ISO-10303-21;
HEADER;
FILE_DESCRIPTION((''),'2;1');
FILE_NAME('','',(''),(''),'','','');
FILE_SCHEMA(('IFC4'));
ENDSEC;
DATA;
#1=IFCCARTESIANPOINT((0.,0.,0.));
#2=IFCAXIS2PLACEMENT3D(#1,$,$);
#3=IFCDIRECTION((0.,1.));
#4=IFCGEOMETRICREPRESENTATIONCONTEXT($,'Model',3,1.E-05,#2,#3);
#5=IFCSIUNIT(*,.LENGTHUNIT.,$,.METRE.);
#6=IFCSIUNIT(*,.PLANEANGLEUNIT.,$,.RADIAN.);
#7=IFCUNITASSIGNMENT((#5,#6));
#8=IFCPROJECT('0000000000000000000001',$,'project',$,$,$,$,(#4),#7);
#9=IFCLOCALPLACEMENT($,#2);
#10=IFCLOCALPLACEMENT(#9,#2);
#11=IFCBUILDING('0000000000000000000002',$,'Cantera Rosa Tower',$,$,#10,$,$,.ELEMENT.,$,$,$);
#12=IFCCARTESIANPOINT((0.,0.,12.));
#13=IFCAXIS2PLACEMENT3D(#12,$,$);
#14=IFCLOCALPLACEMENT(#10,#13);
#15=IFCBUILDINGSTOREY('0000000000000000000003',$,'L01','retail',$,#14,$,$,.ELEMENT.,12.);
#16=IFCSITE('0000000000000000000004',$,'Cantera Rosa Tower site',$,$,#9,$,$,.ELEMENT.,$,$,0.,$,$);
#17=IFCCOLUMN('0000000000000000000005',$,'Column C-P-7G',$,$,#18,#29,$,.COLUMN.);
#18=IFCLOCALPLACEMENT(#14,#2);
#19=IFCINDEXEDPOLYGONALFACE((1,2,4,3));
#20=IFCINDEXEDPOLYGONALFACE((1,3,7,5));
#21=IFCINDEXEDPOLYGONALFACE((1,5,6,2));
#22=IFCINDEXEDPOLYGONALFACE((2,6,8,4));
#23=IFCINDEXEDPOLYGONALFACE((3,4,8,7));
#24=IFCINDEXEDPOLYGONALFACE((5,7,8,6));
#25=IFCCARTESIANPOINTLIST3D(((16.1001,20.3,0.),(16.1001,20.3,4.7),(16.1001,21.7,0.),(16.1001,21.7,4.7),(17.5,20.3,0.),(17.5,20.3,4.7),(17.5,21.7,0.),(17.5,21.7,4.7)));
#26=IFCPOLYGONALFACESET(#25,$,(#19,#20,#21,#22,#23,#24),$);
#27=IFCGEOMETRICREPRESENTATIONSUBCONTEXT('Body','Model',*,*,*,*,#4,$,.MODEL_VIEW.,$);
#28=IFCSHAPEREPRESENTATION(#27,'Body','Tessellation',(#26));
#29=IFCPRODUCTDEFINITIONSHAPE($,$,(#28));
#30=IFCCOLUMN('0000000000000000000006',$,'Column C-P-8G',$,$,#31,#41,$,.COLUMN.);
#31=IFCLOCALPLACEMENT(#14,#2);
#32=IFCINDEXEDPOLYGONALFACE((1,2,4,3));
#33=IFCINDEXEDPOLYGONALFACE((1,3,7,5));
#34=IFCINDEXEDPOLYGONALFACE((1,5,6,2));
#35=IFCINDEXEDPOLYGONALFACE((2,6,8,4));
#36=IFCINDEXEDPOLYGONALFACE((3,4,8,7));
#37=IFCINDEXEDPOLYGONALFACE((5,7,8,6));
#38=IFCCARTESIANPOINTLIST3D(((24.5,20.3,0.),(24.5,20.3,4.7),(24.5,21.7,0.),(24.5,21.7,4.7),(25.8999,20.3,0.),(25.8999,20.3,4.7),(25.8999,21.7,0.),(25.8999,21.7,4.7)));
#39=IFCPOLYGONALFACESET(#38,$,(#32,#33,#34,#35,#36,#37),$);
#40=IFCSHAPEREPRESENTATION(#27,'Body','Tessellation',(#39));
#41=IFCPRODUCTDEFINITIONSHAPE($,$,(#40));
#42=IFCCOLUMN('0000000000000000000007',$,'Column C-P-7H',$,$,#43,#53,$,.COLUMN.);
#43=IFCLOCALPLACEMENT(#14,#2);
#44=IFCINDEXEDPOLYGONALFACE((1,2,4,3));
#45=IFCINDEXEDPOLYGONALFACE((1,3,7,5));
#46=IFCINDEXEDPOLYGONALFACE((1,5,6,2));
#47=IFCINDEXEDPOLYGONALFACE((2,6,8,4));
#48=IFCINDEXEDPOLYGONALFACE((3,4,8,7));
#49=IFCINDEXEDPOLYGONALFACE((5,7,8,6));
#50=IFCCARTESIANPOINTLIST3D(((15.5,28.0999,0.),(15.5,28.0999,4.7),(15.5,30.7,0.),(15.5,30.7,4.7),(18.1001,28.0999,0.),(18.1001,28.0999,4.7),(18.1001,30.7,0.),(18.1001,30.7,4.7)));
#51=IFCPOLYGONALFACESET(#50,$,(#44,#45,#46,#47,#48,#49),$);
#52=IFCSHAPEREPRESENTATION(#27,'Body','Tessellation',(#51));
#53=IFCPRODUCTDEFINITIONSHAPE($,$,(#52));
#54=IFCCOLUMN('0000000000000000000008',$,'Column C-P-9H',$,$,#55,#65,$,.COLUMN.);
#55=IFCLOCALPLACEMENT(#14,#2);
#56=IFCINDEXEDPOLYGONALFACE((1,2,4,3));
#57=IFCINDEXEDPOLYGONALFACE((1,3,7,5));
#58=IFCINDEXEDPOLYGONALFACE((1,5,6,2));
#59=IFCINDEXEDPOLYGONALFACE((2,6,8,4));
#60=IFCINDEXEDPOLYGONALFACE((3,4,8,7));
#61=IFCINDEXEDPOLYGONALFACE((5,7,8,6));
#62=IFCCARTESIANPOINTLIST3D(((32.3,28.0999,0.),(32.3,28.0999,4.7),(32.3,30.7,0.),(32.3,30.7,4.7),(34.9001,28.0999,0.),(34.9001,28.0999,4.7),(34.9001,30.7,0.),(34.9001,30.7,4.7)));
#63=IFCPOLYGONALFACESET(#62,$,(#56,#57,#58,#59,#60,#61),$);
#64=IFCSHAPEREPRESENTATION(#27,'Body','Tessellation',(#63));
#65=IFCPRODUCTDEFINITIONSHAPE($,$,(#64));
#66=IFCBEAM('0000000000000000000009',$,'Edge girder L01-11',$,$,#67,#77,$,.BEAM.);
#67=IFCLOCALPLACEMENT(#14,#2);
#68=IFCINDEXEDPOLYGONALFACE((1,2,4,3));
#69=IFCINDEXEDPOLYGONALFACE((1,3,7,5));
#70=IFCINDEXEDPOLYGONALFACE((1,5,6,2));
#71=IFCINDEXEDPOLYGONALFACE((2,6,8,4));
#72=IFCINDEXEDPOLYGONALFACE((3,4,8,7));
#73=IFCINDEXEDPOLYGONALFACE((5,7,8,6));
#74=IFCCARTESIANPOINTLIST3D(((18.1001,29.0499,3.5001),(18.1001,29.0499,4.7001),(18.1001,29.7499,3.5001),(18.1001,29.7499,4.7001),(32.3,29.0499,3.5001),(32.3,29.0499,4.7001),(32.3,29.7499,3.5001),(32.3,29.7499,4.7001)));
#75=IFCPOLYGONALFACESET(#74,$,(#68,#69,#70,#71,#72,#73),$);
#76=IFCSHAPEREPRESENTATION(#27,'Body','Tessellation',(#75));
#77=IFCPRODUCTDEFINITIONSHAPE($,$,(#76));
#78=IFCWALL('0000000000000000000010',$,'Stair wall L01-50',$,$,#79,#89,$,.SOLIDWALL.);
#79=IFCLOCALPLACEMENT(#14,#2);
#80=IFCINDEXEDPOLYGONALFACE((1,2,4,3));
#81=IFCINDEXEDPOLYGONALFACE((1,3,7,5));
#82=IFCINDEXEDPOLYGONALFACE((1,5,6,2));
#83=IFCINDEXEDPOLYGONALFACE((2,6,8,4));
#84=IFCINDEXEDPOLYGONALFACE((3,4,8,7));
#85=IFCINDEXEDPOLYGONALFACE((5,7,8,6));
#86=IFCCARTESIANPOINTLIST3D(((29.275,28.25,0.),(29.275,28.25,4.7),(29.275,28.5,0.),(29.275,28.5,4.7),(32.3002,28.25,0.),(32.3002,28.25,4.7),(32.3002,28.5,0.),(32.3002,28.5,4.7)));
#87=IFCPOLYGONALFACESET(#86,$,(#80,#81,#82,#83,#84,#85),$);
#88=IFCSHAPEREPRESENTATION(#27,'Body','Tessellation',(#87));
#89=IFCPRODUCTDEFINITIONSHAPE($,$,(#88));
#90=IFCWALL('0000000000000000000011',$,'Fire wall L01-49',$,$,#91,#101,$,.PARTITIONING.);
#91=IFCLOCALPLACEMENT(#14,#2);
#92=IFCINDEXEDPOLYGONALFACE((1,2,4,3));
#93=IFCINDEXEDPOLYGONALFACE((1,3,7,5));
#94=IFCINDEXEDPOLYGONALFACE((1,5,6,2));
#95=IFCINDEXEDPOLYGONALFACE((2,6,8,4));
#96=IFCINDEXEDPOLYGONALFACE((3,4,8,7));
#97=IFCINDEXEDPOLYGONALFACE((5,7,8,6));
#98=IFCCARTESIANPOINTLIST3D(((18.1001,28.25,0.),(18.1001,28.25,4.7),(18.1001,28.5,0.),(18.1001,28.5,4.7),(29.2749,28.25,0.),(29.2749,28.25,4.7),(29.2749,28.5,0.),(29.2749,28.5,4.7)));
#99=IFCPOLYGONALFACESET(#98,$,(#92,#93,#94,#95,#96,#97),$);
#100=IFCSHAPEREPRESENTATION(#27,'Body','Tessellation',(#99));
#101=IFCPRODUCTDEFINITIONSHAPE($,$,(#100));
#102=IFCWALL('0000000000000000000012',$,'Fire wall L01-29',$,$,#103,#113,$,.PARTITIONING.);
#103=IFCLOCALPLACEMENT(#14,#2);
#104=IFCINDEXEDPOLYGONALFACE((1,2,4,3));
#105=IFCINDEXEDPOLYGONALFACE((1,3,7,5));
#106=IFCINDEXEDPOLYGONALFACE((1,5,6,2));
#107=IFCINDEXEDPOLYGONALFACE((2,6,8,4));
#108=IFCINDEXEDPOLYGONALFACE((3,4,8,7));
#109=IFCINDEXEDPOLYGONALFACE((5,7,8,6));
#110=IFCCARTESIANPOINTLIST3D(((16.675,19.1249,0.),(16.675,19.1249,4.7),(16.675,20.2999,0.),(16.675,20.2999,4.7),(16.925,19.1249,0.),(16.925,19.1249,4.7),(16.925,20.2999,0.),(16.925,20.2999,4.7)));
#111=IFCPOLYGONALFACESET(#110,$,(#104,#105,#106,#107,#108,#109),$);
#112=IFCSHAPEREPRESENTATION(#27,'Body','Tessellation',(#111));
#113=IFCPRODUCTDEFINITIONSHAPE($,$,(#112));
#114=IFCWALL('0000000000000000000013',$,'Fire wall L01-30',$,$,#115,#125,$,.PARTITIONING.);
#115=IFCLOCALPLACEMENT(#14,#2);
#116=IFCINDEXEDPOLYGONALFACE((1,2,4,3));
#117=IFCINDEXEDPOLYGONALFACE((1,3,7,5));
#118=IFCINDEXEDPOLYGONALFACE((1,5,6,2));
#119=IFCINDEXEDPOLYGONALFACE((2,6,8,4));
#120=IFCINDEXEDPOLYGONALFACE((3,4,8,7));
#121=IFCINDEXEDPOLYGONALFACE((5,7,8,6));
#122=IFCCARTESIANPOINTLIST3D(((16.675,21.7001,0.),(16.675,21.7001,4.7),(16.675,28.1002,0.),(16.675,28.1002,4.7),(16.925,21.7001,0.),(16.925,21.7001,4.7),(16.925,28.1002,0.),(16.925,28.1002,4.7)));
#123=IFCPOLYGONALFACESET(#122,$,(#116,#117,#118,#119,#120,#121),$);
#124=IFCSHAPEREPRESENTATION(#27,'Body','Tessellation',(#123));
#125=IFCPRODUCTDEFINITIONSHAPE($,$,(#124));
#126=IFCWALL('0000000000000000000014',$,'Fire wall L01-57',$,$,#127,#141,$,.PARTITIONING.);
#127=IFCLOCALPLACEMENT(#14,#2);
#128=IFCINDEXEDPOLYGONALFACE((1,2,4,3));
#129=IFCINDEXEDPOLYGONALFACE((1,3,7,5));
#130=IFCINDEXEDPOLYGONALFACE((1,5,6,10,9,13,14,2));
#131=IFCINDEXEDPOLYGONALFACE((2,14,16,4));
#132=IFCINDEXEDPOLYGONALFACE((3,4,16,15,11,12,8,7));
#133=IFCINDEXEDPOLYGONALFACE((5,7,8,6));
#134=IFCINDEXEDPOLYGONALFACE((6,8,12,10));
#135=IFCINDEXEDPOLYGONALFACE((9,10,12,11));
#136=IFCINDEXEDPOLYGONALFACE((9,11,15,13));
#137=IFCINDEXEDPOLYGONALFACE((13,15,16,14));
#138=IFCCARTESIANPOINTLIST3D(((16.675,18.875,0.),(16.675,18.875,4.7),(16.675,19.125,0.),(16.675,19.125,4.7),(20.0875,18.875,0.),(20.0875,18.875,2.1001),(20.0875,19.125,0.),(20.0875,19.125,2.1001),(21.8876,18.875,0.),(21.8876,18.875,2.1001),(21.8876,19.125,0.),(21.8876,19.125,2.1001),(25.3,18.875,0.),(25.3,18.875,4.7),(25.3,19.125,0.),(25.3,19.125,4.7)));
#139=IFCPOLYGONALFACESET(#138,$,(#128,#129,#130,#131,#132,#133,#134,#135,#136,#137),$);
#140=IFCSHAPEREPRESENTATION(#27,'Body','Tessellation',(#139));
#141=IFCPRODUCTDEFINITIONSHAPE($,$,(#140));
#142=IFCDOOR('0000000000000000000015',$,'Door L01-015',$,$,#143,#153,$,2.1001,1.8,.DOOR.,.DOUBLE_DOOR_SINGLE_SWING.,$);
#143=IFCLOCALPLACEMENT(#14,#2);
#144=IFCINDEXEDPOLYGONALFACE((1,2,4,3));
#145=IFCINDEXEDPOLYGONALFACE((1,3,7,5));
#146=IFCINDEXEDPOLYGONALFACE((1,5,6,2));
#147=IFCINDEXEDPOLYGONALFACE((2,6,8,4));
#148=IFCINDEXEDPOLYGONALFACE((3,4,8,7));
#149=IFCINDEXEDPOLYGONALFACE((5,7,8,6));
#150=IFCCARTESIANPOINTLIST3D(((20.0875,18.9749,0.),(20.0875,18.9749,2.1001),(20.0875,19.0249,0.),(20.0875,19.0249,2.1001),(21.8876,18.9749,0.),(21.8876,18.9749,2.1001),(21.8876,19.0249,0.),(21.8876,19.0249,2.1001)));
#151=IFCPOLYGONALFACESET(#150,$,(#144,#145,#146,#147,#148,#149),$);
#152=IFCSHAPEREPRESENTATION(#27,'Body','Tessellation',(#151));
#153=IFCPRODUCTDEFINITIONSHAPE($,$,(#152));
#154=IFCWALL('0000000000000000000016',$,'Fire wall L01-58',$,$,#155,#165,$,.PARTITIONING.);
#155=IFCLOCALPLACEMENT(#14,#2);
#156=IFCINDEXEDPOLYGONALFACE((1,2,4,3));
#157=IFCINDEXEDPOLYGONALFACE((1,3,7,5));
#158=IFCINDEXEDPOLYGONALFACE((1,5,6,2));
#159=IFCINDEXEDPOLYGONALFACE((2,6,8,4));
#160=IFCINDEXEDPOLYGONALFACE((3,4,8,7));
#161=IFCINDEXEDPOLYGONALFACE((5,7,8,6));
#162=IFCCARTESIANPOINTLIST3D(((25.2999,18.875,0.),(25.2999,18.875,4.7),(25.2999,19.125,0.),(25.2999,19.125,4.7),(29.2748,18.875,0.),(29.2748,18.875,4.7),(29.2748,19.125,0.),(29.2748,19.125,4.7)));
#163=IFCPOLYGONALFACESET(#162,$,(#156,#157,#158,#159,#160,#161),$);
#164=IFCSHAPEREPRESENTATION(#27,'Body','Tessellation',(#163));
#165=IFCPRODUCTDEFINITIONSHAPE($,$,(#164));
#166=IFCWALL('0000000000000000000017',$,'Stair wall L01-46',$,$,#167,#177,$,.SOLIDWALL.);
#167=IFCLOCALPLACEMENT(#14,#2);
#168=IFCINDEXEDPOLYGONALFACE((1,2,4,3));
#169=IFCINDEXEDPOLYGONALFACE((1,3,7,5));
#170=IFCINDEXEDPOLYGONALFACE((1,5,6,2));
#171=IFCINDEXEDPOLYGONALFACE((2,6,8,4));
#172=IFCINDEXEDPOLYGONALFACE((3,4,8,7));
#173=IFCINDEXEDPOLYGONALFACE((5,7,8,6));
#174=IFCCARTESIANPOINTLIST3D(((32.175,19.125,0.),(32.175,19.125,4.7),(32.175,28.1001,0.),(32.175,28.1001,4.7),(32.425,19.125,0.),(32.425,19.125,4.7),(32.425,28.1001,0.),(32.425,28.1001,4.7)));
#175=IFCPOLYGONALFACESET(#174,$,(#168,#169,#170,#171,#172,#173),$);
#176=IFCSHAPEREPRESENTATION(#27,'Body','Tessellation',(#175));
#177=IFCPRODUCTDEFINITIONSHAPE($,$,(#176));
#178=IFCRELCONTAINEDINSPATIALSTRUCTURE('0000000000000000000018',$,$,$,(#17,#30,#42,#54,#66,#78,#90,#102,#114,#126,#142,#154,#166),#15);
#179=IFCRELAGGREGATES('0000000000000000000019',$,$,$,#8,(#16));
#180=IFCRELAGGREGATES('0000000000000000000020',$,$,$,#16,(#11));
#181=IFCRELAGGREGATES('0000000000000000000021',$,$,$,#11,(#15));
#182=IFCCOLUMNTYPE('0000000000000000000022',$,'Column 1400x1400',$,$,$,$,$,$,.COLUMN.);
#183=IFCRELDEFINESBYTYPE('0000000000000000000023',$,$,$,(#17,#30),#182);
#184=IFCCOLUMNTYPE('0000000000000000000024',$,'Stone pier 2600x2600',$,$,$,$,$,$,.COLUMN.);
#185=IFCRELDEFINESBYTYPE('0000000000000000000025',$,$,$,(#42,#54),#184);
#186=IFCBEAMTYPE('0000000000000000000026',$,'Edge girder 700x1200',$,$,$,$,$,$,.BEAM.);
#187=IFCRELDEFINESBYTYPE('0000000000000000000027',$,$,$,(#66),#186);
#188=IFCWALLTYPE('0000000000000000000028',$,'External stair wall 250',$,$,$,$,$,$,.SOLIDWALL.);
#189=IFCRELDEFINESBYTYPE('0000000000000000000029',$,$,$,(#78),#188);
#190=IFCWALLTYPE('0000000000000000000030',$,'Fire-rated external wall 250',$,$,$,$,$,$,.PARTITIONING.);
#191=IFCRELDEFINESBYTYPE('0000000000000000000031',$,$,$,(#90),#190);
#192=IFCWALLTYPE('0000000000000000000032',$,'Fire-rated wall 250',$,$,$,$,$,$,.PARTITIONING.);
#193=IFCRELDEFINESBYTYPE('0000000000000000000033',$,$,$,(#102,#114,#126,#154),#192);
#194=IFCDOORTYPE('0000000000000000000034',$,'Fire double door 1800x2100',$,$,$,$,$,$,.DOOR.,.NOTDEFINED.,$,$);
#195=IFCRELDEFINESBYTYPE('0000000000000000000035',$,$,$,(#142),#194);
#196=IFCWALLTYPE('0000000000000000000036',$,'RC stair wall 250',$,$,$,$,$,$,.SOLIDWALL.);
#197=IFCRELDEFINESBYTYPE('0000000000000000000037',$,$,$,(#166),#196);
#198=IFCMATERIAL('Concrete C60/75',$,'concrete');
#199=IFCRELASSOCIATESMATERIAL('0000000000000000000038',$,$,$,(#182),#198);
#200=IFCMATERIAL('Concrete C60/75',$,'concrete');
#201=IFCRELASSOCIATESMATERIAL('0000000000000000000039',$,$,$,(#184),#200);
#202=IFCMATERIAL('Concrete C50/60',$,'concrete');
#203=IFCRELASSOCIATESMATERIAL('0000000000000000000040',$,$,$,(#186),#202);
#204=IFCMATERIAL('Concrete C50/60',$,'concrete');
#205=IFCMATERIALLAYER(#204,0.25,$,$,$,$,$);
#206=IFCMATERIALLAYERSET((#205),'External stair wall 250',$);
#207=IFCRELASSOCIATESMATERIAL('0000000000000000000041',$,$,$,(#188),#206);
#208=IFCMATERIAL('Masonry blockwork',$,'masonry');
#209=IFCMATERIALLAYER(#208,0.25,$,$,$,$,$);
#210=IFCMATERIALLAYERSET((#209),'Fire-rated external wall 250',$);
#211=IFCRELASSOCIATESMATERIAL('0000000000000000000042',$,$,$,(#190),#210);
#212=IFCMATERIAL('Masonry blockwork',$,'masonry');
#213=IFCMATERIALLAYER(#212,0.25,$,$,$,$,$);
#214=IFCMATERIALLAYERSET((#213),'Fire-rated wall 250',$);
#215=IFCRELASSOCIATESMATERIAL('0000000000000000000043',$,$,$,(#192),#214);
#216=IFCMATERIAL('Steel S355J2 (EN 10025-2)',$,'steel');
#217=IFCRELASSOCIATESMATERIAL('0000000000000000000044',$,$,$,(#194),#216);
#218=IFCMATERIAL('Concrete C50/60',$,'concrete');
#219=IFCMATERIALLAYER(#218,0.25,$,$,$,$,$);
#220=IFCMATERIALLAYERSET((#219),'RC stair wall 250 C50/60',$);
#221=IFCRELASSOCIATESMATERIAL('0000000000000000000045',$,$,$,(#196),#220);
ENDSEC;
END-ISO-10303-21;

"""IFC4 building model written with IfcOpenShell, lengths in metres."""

from ifc_helpers import new_model, si_unit, direction, frame, frame_2d, origin, origin_2d, place, context, subcontext, project, spatial, rectangle, extrude, material, layer, layer_set, material_profile, profile_set, type_object, element, fill, save


model = new_model("IFC4")

# Units and contexts
model_context = context("Model", 3, precision=1e-05, world=origin(), true_north=direction((0.0, 1.0)))
body_context = subcontext(model_context, "Body", "Model", "MODEL_VIEW")
ifc_project = project(units=[si_unit("LENGTHUNIT", "METRE"), si_unit("PLANEANGLEUNIT", "RADIAN")], contexts=[model_context])

# Site, building, storey
site_placement = place(None, origin())
site = spatial("IfcSite", under=ifc_project, at=site_placement, Name="Cantera Rosa Tower site", CompositionType="ELEMENT", RefElevation=0.0)
building_placement = place(site_placement, origin())
building = spatial("IfcBuilding", under=site, at=building_placement, Name="Cantera Rosa Tower", CompositionType="ELEMENT")
storey_placement = place(building_placement, frame((0.0, 0.0, 12.0)))
storey = spatial("IfcBuildingStorey", under=building, at=storey_placement, Name="L01", Description="retail", CompositionType="ELEMENT", Elevation=12.0)

# Columns
ifc_material_1 = material(Name="Concrete C60/75", Category="concrete")
ifc_material_profile_1 = material_profile(ifc_material_1, rectangle(XDim=1.3999, YDim=1.3999, at=origin_2d()), Name="Column 1400x1400")
ifc_profile_set_1 = profile_set([ifc_material_profile_1], Name="Concrete C60/75")
column_type_1 = type_object("IfcColumnType", Name="Column 1400x1400", PredefinedType="COLUMN", material=ifc_profile_set_1)
for number, where, z_axis, x_axis, name in (
    (1, (16.8, 21.0, 0.0), (0.0, 0.0, 1.0), (1.0, 0.0, 0.0), "Column C-P-7G"),
    (2, (25.2, 21.0, 0.0), (0.0, 0.0, 1.0), (1.0, 0.0, 0.0), "Column C-P-8G"),
):
    element("IfcColumn", number, at=place(storey_placement, frame(where, z_axis=z_axis, x_axis=x_axis)), inside=storey, type_object=column_type_1, Name=name, PredefinedType="COLUMN", context=body_context, shape_type="SweptSolid", body=[
        extrude(rectangle(XDim=1.3999, YDim=1.3999, at=origin_2d()), origin(), (0.0, 0.0, 1.0), 4.7),
    ])
ifc_material_2 = material(Name="Concrete C60/75", Category="concrete")
ifc_material_profile_2 = material_profile(ifc_material_2, rectangle(XDim=2.6001, YDim=2.6001, at=origin_2d()), Name="Stone pier 2600x2600")
ifc_profile_set_2 = profile_set([ifc_material_profile_2], Name="Concrete C60/75")
column_type_2 = type_object("IfcColumnType", Name="Stone pier 2600x2600", PredefinedType="COLUMN", material=ifc_profile_set_2)
for number, where, z_axis, x_axis, name in (
    (3, (16.8, 29.3999, 0.0), (0.0, 0.0, 1.0), (1.0, 0.0, 0.0), "Column C-P-7H"),
    (4, (33.6001, 29.3999, 0.0), (0.0, 0.0, 1.0), (1.0, 0.0, 0.0), "Column C-P-9H"),
):
    element("IfcColumn", number, at=place(storey_placement, frame(where, z_axis=z_axis, x_axis=x_axis)), inside=storey, type_object=column_type_2, Name=name, PredefinedType="COLUMN", context=body_context, shape_type="SweptSolid", body=[
        extrude(rectangle(XDim=2.6001, YDim=2.6001, at=origin_2d()), origin(), (0.0, 0.0, 1.0), 4.7),
    ])

# Beam
ifc_material_3 = material(Name="Concrete C50/60", Category="concrete")
ifc_material_profile_3 = material_profile(ifc_material_3, rectangle(XDim=0.7, YDim=1.2, at=origin_2d()), Name="Edge girder 700x1200")
ifc_profile_set_3 = profile_set([ifc_material_profile_3], Name="Concrete C50/60")
beam_type = type_object("IfcBeamType", Name="Edge girder 700x1200", PredefinedType="BEAM", material=ifc_profile_set_3)
beam_placement = place(storey_placement, frame((18.1001, 29.3999, 4.1001), z_axis=(1.0, 0.0, 0.0), x_axis=(0.0, 1.0, 0.0)))
element("IfcBeam", 5, at=beam_placement, inside=storey, type_object=beam_type, Name="Edge girder L01-11", PredefinedType="BEAM", context=body_context, shape_type="SweptSolid", body=[
    extrude(rectangle(XDim=0.7, YDim=1.2, at=origin_2d()), origin(), (0.0, 0.0, 1.0), 14.2),
])

# Walls
ifc_material_4 = material(Name="Concrete C50/60", Category="concrete")
ifc_layer_1 = layer(ifc_material_4, 0.25)
ifc_layer_set_1 = layer_set([ifc_layer_1], Name="External stair wall 250")
wall_type_1 = type_object("IfcWallType", Name="External stair wall 250", PredefinedType="SOLIDWALL", material=ifc_layer_set_1)
wall_1_placement = place(storey_placement, frame((29.2749, 28.375, 0.0), z_axis=(0.0, 0.0, 1.0), x_axis=(1.0, 0.0, 0.0)))
element("IfcWall", 6, at=wall_1_placement, inside=storey, type_object=wall_type_1, Name="Stair wall L01-50", PredefinedType="SOLIDWALL", context=body_context, shape_type="SweptSolid", body=[
    extrude(rectangle(XDim=3.0251, YDim=0.25, at=frame_2d((1.5127, 0.0))), origin(), (0.0, 0.0, 1.0), 4.7),
])
ifc_material_5 = material(Name="Masonry blockwork", Category="masonry")
ifc_layer_2 = layer(ifc_material_5, 0.25)
ifc_layer_set_2 = layer_set([ifc_layer_2], Name="Fire-rated external wall 250")
wall_type_2 = type_object("IfcWallType", Name="Fire-rated external wall 250", PredefinedType="PARTITIONING", material=ifc_layer_set_2)
wall_2_placement = place(storey_placement, frame((18.1001, 28.375, 0.0), z_axis=(0.0, 0.0, 1.0), x_axis=(1.0, 0.0, 0.0)))
element("IfcWall", 7, at=wall_2_placement, inside=storey, type_object=wall_type_2, Name="Fire wall L01-49", PredefinedType="PARTITIONING", context=body_context, shape_type="SweptSolid", body=[
    extrude(rectangle(XDim=11.1748, YDim=0.25, at=frame_2d((5.5874, 0.0))), origin(), (0.0, 0.0, 1.0), 4.7),
])
ifc_material_6 = material(Name="Masonry blockwork", Category="masonry")
ifc_layer_3 = layer(ifc_material_6, 0.25)
ifc_layer_set_3 = layer_set([ifc_layer_3], Name="Fire-rated wall 250")
wall_type_3 = type_object("IfcWallType", Name="Fire-rated wall 250", PredefinedType="PARTITIONING", material=ifc_layer_set_3)
wall_3_placement = place(storey_placement, frame((16.8, 19.125, 0.0), z_axis=(0.0, 0.0, 1.0), x_axis=(0.0, 1.0, 0.0)))
element("IfcWall", 8, at=wall_3_placement, inside=storey, type_object=wall_type_3, Name="Fire wall L01-29", PredefinedType="PARTITIONING", context=body_context, shape_type="SweptSolid", body=[
    extrude(rectangle(XDim=1.175, YDim=0.25, at=frame_2d((0.5874, 0.0))), origin(), (0.0, 0.0, 1.0), 4.7),
])
wall_4_placement = place(storey_placement, frame((16.8, 21.7, 0.0), z_axis=(0.0, 0.0, 1.0), x_axis=(0.0, 1.0, 0.0)))
element("IfcWall", 9, at=wall_4_placement, inside=storey, type_object=wall_type_3, Name="Fire wall L01-30", PredefinedType="PARTITIONING", context=body_context, shape_type="SweptSolid", body=[
    extrude(rectangle(XDim=6.4001, YDim=0.25, at=frame_2d((3.2002, 0.0))), origin(), (0.0, 0.0, 1.0), 4.7),
])

# Wall, opening, door
wall_5_placement = place(storey_placement, frame((16.675, 19.0, 0.0), z_axis=(0.0, 0.0, 1.0), x_axis=(1.0, 0.0, 0.0)))
wall_5 = element("IfcWall", 10, at=wall_5_placement, inside=storey, type_object=wall_type_3, Name="Fire wall L01-57", PredefinedType="PARTITIONING", context=body_context, shape_type="SweptSolid", body=[
    extrude(rectangle(XDim=8.625, YDim=0.25, at=frame_2d((4.3125, 0.0))), origin(), (0.0, 0.0, 1.0), 4.7),
])
opening_1_placement = place(wall_5_placement, frame((3.4126, 0.0, 0.0)))
opening_1 = element("IfcOpeningElement", 11, at=opening_1_placement, cuts=wall_5, PredefinedType="OPENING", context=body_context, shape_type="SweptSolid", body=[
    extrude(rectangle(XDim=1.8, YDim=2.1001, at=frame_2d((0.8999, 1.05))), frame((0.0, 0.135, 0.0), z_axis=(0.0, -1.0, 0.0), x_axis=(1.0, 0.0, 0.0)), (0.0, 0.0, 1.0), 0.27),
])
ifc_material_7 = material(Name="Steel S355J2 (EN 10025-2)", Category="steel")
door_type_1 = type_object("IfcDoorType", Name="Fire double door 1800x2100", OperationType="NOTDEFINED", PredefinedType="DOOR", material=ifc_material_7)
door_1_placement = place(opening_1_placement, origin())
door_1 = element("IfcDoor", 12, at=door_1_placement, inside=storey, type_object=door_type_1, Name="Door L01-015", OperationType="DOUBLE_DOOR_SINGLE_SWING", OverallHeight=2.1001, OverallWidth=1.8, PredefinedType="DOOR", context=body_context, shape_type="SweptSolid", body=[
    extrude(rectangle(XDim=1.8, YDim=2.1001, at=frame_2d((0.8999, 1.05))), frame((0.0, 0.0249, 0.0), z_axis=(0.0, -1.0, 0.0), x_axis=(1.0, 0.0, 0.0)), (0.0, 0.0, 1.0), 0.05),
])
fill(opening_1, door_1)

# Walls
wall_6_placement = place(storey_placement, frame((25.3, 19.0, 0.0), z_axis=(0.0, 0.0, 1.0), x_axis=(1.0, 0.0, 0.0)))
element("IfcWall", 13, at=wall_6_placement, inside=storey, type_object=wall_type_3, Name="Fire wall L01-58", PredefinedType="PARTITIONING", context=body_context, shape_type="SweptSolid", body=[
    extrude(rectangle(XDim=3.9749, YDim=0.25, at=frame_2d((1.9873, 0.0))), origin(), (0.0, 0.0, 1.0), 4.7),
])
ifc_material_8 = material(Name="Concrete C50/60", Category="concrete")
ifc_layer_4 = layer(ifc_material_8, 0.25)
ifc_layer_set_4 = layer_set([ifc_layer_4], Name="RC stair wall 250 C50/60")
wall_type_4 = type_object("IfcWallType", Name="RC stair wall 250", PredefinedType="SOLIDWALL", material=ifc_layer_set_4)
wall_7_placement = place(storey_placement, frame((32.3, 19.125, 0.0), z_axis=(0.0, 0.0, 1.0), x_axis=(0.0, 1.0, 0.0)))
element("IfcWall", 14, at=wall_7_placement, inside=storey, type_object=wall_type_4, Name="Stair wall L01-46", PredefinedType="SOLIDWALL", context=body_context, shape_type="SweptSolid", body=[
    extrude(rectangle(XDim=8.9751, YDim=0.25, at=frame_2d((4.4875, 0.0))), origin(), (0.0, 0.0, 1.0), 4.7),
])

save(model, "model.ifc")
